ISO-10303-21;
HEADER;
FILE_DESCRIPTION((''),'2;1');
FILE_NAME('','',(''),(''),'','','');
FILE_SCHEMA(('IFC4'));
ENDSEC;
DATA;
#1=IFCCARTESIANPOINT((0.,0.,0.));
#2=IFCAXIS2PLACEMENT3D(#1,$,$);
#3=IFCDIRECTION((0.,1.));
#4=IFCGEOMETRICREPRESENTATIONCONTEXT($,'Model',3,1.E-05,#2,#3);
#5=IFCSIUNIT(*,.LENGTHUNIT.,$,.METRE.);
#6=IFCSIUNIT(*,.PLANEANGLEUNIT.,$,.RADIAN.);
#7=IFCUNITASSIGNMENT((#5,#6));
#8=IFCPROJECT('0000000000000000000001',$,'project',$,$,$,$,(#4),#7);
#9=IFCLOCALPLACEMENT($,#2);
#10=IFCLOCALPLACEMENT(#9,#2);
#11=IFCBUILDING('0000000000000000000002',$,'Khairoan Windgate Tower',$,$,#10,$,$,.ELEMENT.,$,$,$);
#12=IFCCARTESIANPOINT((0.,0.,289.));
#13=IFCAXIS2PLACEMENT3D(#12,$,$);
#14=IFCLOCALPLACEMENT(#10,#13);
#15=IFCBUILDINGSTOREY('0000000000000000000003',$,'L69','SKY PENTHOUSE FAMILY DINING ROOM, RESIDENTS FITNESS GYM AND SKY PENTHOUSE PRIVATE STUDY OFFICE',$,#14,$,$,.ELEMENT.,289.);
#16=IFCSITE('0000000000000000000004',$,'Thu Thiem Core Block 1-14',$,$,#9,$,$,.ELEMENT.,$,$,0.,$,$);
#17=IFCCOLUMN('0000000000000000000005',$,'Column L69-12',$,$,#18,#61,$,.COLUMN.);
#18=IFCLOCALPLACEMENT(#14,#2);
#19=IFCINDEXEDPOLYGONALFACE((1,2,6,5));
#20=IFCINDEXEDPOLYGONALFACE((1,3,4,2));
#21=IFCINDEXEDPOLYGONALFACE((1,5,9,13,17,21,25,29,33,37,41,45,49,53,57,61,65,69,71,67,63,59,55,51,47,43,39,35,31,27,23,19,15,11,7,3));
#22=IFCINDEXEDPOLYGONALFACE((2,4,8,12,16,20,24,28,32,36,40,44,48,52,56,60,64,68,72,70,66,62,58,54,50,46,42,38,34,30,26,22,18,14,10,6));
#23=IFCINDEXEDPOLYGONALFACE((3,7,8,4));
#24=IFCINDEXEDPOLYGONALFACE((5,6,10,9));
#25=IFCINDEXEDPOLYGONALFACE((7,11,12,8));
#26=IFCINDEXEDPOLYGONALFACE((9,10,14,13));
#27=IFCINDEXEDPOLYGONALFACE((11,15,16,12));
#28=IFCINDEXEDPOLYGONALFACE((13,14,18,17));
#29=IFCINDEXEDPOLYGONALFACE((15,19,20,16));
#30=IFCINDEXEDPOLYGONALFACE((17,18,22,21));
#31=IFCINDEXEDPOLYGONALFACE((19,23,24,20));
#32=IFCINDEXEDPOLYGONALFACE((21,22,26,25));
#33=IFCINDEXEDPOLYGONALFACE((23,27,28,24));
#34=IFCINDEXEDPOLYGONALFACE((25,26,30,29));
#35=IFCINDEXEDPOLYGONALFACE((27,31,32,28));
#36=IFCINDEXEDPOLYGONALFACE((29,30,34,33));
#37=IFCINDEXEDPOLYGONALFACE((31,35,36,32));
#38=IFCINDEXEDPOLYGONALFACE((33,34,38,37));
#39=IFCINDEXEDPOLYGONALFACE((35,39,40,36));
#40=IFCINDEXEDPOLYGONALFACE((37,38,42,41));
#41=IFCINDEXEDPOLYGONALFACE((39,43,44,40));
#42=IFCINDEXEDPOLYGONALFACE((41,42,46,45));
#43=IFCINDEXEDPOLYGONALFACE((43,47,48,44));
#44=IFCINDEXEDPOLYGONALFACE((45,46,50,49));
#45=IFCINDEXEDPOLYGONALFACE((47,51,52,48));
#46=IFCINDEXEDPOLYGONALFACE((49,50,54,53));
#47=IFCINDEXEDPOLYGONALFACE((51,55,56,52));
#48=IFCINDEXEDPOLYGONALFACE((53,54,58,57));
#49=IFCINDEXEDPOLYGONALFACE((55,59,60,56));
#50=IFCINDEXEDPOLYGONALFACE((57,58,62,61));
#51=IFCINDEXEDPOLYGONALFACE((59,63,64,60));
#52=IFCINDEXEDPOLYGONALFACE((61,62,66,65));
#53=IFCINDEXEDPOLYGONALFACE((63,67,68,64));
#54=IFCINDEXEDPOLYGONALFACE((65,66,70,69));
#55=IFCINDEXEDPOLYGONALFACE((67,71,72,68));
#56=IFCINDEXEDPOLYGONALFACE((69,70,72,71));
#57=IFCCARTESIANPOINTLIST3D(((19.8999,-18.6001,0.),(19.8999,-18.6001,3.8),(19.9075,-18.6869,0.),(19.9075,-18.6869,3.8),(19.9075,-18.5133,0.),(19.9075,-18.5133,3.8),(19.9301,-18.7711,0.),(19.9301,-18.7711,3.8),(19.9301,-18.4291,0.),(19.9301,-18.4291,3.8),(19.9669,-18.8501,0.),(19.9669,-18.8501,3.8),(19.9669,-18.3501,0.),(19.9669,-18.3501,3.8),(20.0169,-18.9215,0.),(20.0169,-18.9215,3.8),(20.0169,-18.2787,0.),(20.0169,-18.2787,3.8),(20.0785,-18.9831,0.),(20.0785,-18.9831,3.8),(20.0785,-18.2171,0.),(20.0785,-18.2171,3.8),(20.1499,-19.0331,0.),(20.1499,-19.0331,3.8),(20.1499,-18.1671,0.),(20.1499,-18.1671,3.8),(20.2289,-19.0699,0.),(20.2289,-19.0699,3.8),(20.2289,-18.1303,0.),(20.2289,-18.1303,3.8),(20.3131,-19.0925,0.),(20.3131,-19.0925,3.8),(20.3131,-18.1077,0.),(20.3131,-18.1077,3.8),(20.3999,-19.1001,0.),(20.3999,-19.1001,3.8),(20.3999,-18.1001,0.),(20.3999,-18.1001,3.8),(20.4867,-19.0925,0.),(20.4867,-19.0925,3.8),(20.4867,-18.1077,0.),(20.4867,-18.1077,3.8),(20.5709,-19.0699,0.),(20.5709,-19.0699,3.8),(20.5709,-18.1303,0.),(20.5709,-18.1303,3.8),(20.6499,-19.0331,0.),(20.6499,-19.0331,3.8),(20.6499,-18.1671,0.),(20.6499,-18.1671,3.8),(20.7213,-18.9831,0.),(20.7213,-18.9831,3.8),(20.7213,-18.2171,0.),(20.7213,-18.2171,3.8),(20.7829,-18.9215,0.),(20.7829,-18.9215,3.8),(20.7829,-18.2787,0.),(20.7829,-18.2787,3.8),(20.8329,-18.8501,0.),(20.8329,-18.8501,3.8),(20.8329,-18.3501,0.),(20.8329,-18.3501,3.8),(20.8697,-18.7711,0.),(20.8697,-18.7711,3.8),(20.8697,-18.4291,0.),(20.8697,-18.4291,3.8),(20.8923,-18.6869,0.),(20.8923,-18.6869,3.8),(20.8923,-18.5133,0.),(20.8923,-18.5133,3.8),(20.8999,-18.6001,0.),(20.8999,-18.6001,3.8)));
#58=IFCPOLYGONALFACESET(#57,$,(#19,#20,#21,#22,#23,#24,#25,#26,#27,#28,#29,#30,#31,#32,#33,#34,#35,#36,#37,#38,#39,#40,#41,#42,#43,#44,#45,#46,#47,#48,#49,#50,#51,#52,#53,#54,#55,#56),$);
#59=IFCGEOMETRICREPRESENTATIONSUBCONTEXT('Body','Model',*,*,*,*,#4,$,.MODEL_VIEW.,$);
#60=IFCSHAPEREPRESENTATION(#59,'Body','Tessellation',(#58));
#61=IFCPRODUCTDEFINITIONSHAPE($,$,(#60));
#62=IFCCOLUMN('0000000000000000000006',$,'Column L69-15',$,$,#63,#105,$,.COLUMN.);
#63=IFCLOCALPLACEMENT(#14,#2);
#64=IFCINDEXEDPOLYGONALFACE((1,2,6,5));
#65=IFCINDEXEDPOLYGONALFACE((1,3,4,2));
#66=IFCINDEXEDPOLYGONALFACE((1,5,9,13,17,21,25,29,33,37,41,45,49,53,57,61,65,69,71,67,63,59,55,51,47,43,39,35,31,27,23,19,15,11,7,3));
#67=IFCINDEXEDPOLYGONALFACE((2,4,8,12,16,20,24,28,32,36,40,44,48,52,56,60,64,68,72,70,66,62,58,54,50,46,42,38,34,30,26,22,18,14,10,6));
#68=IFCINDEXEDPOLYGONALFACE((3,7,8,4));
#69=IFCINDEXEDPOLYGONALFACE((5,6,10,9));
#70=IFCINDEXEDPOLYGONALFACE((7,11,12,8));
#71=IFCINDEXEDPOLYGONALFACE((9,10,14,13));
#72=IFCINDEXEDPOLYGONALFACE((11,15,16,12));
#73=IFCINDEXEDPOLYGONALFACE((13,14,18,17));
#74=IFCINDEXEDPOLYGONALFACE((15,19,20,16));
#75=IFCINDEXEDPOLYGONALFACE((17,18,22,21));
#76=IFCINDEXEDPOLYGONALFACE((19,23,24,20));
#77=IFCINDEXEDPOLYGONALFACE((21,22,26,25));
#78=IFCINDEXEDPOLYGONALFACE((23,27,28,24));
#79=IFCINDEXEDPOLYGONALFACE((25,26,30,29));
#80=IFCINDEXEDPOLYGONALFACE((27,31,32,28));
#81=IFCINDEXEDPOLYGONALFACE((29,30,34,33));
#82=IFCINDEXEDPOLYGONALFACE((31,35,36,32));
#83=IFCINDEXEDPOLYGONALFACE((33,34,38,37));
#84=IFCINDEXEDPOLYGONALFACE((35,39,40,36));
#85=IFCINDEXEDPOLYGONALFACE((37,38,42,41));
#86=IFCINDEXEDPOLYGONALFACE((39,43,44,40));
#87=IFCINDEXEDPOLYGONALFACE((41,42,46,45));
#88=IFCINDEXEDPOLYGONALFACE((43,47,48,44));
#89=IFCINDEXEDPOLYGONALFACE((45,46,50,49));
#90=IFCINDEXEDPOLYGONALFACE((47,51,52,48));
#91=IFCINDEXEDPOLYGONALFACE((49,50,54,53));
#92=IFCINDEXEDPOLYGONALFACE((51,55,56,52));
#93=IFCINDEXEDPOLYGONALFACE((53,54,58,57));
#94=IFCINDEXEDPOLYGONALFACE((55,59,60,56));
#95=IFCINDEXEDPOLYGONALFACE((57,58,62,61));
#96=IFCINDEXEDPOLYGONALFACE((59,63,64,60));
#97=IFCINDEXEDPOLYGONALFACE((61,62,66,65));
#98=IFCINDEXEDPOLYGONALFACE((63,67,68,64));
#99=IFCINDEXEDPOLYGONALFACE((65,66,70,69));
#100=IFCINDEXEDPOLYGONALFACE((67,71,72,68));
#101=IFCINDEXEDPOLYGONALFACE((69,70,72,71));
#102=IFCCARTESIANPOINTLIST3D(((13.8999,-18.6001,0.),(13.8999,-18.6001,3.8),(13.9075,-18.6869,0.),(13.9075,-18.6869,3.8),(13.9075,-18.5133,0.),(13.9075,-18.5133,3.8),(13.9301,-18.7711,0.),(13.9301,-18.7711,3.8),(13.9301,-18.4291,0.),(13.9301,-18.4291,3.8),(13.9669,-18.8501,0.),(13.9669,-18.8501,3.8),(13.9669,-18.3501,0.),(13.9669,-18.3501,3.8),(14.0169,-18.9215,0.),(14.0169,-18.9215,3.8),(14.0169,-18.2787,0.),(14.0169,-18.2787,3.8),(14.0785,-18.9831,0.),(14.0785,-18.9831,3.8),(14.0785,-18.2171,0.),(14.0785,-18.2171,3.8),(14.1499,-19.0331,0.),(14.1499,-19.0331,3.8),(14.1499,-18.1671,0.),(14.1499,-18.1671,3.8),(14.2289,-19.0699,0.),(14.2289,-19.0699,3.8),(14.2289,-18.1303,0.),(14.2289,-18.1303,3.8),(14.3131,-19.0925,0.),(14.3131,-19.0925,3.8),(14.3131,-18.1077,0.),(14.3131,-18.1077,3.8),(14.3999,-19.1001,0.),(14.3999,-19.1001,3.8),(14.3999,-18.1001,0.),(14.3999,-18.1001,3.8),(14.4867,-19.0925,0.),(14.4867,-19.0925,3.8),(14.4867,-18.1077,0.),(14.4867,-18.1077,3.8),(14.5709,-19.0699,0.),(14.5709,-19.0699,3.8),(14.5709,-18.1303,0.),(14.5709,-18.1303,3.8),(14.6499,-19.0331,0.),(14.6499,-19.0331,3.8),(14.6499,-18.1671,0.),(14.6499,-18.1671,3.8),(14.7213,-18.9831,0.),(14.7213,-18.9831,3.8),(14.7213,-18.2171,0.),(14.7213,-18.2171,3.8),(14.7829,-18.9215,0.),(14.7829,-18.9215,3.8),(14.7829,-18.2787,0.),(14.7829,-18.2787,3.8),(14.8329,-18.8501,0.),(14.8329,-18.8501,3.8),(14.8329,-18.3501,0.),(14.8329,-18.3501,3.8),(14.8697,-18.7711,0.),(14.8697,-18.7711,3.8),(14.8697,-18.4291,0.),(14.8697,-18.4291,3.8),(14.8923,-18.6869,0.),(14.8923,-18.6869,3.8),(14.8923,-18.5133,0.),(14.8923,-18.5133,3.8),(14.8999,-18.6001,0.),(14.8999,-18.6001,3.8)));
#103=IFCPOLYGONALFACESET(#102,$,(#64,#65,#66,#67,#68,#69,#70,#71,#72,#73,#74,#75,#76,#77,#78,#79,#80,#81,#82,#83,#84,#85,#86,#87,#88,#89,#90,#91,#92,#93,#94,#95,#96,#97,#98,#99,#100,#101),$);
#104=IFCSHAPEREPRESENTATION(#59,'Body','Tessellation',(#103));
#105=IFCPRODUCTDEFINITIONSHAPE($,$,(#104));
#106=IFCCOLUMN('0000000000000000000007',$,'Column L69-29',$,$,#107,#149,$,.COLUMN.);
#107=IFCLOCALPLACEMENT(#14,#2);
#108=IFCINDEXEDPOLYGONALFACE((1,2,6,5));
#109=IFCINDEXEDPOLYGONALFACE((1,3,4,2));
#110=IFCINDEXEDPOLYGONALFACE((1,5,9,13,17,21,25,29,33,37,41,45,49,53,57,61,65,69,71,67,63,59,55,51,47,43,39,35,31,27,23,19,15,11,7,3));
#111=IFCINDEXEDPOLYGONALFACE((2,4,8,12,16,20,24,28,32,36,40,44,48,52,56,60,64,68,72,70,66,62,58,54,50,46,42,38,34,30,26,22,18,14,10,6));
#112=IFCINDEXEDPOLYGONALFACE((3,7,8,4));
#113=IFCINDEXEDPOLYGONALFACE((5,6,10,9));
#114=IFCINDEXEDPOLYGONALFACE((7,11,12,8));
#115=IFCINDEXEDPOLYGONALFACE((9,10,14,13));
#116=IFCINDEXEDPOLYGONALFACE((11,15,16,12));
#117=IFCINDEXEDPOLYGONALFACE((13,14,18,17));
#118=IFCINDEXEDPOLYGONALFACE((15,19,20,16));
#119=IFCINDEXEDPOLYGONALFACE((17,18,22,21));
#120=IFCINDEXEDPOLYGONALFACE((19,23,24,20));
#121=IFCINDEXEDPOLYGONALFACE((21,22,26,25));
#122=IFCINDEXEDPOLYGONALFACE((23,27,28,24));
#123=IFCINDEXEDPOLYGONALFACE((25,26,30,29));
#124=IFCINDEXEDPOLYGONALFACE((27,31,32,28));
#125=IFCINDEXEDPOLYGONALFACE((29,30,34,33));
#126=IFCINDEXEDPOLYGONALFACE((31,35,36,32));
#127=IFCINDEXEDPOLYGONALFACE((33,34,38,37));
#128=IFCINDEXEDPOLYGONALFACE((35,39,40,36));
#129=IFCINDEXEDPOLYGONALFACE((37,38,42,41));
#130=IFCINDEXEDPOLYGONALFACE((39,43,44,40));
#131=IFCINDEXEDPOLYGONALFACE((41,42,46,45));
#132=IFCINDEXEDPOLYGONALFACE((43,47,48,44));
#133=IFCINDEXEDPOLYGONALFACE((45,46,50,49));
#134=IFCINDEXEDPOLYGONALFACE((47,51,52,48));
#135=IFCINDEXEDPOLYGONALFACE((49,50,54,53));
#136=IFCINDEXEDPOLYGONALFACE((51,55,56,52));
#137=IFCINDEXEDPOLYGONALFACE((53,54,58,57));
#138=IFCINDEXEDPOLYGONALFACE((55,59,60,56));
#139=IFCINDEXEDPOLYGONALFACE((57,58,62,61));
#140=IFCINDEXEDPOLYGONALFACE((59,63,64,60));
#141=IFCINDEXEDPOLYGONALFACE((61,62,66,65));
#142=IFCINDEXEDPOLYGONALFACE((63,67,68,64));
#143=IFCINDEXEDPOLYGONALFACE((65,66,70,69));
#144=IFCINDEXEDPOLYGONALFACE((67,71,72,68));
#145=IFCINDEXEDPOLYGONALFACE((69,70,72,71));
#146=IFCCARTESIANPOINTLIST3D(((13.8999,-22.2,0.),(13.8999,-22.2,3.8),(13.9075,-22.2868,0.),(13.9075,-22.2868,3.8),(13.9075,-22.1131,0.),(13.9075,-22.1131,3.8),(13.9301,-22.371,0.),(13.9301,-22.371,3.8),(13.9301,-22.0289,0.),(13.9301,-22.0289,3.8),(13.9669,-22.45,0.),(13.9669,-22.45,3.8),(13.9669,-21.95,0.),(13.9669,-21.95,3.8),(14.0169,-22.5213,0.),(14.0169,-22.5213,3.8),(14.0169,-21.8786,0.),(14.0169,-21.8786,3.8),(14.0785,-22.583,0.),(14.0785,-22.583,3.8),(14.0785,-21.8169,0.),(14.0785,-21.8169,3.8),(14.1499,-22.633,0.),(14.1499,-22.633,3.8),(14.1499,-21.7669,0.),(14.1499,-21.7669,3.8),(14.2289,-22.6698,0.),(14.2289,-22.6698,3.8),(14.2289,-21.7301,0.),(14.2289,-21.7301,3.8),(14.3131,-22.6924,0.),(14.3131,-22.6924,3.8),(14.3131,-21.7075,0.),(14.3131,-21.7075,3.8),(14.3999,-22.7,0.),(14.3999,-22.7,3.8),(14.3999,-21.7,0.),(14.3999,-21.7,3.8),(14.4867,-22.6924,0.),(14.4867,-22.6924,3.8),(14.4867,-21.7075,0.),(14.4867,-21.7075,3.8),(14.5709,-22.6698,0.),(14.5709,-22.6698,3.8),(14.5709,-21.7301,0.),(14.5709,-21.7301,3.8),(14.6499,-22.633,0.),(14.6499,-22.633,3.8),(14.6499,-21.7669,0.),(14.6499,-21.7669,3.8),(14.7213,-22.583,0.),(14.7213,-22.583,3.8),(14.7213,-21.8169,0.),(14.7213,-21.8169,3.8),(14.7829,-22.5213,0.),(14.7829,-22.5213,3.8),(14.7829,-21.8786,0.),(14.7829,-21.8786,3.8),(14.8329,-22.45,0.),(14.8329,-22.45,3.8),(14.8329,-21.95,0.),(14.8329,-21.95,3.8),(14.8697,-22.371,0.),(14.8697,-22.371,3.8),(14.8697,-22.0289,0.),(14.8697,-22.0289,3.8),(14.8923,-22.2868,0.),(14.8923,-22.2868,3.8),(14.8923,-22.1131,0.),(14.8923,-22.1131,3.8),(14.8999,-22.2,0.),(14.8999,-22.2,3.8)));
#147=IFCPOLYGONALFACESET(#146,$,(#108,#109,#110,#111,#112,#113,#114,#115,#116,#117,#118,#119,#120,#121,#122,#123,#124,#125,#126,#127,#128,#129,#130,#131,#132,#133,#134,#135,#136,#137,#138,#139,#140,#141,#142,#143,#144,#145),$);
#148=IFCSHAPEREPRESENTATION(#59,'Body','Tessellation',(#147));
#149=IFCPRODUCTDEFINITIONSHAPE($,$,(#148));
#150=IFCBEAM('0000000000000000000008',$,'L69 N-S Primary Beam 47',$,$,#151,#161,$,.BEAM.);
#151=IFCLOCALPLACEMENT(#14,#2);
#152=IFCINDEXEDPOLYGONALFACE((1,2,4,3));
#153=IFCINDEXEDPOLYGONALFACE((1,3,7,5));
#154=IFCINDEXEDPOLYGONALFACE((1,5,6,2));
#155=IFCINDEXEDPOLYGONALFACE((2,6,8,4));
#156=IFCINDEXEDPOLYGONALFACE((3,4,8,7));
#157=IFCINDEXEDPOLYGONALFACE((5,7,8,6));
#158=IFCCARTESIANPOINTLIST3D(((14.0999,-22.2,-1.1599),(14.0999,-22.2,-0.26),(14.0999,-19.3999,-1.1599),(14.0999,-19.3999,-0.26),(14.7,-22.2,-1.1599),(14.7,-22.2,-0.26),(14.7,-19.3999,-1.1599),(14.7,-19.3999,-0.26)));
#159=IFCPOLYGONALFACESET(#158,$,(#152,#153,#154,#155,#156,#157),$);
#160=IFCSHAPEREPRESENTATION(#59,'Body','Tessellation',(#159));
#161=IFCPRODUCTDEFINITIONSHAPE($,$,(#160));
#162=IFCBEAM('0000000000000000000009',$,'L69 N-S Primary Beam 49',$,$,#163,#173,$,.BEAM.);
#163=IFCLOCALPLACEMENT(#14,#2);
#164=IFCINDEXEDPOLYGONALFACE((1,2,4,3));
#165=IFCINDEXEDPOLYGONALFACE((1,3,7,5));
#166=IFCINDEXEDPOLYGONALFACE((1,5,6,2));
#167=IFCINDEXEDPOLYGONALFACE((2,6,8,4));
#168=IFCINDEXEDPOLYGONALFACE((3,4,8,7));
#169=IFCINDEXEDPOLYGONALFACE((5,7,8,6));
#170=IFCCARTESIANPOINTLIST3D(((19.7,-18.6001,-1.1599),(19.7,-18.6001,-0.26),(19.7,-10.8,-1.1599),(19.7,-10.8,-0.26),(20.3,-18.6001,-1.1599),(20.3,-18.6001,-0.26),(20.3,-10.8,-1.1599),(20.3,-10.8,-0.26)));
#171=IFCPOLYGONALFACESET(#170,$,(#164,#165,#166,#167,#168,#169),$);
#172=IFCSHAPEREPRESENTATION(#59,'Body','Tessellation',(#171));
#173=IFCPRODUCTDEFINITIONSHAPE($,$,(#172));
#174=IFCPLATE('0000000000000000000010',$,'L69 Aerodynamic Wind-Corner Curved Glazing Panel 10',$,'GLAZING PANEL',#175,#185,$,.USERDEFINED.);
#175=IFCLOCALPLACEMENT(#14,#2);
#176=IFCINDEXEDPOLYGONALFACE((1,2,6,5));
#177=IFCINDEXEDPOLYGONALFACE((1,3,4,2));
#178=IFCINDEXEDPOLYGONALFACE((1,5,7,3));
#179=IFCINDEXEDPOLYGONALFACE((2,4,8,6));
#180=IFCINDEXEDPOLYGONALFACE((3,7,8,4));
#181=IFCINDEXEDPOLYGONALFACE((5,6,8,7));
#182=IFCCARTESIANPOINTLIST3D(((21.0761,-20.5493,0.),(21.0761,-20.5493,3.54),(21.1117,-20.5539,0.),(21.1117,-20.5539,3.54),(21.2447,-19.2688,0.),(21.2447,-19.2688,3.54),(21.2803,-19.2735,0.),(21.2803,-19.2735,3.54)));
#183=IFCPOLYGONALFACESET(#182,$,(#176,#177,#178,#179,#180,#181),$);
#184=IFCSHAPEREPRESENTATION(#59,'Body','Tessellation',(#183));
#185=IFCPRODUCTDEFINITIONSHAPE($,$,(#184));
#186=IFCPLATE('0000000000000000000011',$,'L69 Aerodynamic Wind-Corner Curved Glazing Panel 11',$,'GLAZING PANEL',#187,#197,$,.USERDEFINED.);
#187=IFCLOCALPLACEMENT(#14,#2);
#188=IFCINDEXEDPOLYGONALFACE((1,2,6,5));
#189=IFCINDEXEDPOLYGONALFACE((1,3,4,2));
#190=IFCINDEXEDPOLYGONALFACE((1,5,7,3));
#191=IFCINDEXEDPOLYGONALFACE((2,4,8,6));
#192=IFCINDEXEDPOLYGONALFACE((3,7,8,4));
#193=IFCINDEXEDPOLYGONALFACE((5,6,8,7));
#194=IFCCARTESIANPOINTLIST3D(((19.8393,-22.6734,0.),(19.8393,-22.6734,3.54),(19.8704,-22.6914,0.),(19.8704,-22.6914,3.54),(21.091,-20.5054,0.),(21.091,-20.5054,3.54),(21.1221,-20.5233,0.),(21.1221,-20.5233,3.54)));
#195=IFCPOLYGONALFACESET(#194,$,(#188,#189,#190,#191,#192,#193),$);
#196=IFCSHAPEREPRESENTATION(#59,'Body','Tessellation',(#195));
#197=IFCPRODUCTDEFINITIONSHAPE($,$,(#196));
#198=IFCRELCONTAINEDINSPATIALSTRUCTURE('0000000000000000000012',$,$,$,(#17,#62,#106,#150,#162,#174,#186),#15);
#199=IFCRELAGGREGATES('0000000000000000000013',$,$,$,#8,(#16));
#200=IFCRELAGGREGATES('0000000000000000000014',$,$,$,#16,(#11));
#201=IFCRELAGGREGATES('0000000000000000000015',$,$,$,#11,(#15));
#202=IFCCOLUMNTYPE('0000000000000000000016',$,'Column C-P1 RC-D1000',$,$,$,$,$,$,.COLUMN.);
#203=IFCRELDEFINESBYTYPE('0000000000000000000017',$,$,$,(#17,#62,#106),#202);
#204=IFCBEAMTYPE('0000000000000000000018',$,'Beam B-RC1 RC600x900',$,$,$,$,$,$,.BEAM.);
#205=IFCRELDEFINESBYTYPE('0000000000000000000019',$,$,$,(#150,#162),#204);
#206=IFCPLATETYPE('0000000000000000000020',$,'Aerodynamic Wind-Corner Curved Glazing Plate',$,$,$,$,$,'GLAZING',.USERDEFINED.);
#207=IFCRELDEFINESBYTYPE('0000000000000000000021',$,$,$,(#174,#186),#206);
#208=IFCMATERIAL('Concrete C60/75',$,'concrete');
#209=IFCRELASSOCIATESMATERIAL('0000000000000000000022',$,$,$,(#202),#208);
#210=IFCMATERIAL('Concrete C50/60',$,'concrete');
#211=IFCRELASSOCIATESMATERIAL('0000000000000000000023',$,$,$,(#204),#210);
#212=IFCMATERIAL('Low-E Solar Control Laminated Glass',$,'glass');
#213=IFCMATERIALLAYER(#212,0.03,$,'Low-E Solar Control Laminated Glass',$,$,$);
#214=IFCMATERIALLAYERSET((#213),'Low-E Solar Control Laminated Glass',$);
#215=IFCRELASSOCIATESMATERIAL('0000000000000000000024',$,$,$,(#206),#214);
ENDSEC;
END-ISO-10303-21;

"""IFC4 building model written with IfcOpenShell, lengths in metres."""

from ifc_helpers import new_model, si_unit, direction, frame, origin, origin_2d, place, context, subcontext, project, spatial, rectangle, circle, extrude, material, layer, layer_set, material_profile, profile_set, type_object, element, save


model = new_model("IFC4")

# Units and contexts
model_context = context("Model", 3, precision=1e-05, world=origin(), true_north=direction((0.0, 1.0)))
body_context = subcontext(model_context, "Body", "Model", "MODEL_VIEW")
ifc_project = project(units=[si_unit("LENGTHUNIT", "METRE"), si_unit("PLANEANGLEUNIT", "RADIAN")], contexts=[model_context])

# Site, building, storey
site_placement = place(None, origin())
site = spatial("IfcSite", under=ifc_project, at=site_placement, Name="Thu Thiem Core Block 1-14", CompositionType="ELEMENT", RefElevation=0.0)
building_placement = place(site_placement, origin())
building = spatial("IfcBuilding", under=site, at=building_placement, Name="Khairoan Windgate Tower", CompositionType="ELEMENT")
storey_placement = place(building_placement, frame((0.0, 0.0, 289.0)))
storey = spatial("IfcBuildingStorey", under=building, at=storey_placement, Name="L69", Description="SKY PENTHOUSE FAMILY DINING ROOM, RESIDENTS FITNESS GYM AND SKY PENTHOUSE PRIVATE STUDY OFFICE", CompositionType="ELEMENT", Elevation=289.0)

# Columns
ifc_material_1 = material(Name="Concrete C60/75", Category="concrete")
ifc_material_profile_1 = material_profile(ifc_material_1, circle(Radius=0.5, at=origin_2d()))
ifc_profile_set_1 = profile_set([ifc_material_profile_1], Name="Concrete C60/75")
column_type = type_object("IfcColumnType", Name="Column C-P1 RC-D1000", PredefinedType="COLUMN", material=ifc_profile_set_1)
for number, where, z_axis, x_axis, name in (
    (1, (20.3999, -18.6001, 0.0), (0.0, 0.0, 1.0), (1.0, 0.0, 0.0), "Column L69-12"),
    (2, (14.3999, -18.6001, 0.0), (0.0, 0.0, 1.0), (1.0, 0.0, 0.0), "Column L69-15"),
    (3, (14.3999, -22.2, 0.0), (0.0, 0.0, 1.0), (1.0, 0.0, 0.0), "Column L69-29"),
):
    element("IfcColumn", number, at=place(storey_placement, frame(where, z_axis=z_axis, x_axis=x_axis)), inside=storey, type_object=column_type, Name=name, PredefinedType="COLUMN", context=body_context, shape_type="SweptSolid", body=[
        extrude(circle(Radius=0.5, at=origin_2d()), origin(), (0.0, 0.0, 1.0), 3.8),
    ])

# Beams
ifc_material_2 = material(Name="Concrete C50/60", Category="concrete")
ifc_material_profile_2 = material_profile(ifc_material_2, rectangle(XDim=0.6001, YDim=0.8999, at=origin_2d()))
ifc_profile_set_2 = profile_set([ifc_material_profile_2], Name="Concrete C50/60")
beam_type = type_object("IfcBeamType", Name="Beam B-RC1 RC600x900", PredefinedType="BEAM", material=ifc_profile_set_2)
beam_1_placement = place(storey_placement, frame((14.3999, -22.2, -0.71), z_axis=(0.0, 1.0, 0.0), x_axis=(-1.0, 0.0, 0.0)))
element("IfcBeam", 4, at=beam_1_placement, inside=storey, type_object=beam_type, Name="L69 N-S Primary Beam 47", PredefinedType="BEAM", context=body_context, shape_type="SweptSolid", body=[
    extrude(rectangle(XDim=0.6001, YDim=0.8999, at=origin_2d()), origin(), (0.0, 0.0, 1.0), 2.8),
])
beam_2_placement = place(storey_placement, frame((20.0, -18.6001, -0.71), z_axis=(0.0, 1.0, 0.0), x_axis=(-1.0, 0.0, 0.0)))
element("IfcBeam", 5, at=beam_2_placement, inside=storey, type_object=beam_type, Name="L69 N-S Primary Beam 49", PredefinedType="BEAM", context=body_context, shape_type="SweptSolid", body=[
    extrude(rectangle(XDim=0.6001, YDim=0.8999, at=origin_2d()), origin(), (0.0, 0.0, 1.0), 7.8),
])

# Plates
ifc_material_3 = material(Name="Low-E Solar Control Laminated Glass", Category="glass")
ifc_layer_1 = layer(ifc_material_3, 0.03, Name="Low-E Solar Control Laminated Glass")
ifc_layer_set_1 = layer_set([ifc_layer_1], Name="Low-E Solar Control Laminated Glass")
plate_type_1 = type_object("IfcPlateType", Name="Aerodynamic Wind-Corner Curved Glazing Plate", ElementType="GLAZING", PredefinedType="USERDEFINED", material=ifc_layer_set_1)
plate_1_placement = place(storey_placement, frame((21.1782, -19.9114, 0.0), z_axis=(0.0, 0.0, 1.0), x_axis=(-0.130526, -0.991445, 0.0)))
element("IfcPlate", 6, at=plate_1_placement, inside=storey, type_object=plate_type_1, Name="L69 Aerodynamic Wind-Corner Curved Glazing Panel 10", ObjectType="GLAZING PANEL", PredefinedType="USERDEFINED", context=body_context, shape_type="SweptSolid", body=[
    extrude(rectangle(XDim=1.2915, YDim=0.0359, at=origin_2d()), origin(), (0.0, 0.0, 1.0), 3.54),
])
for number, where, z_axis, x_axis, name in (
    (7, (20.4807, -21.5984, 0.0), (0.0, 0.0, 1.0), (-0.5, -0.866025, 0.0), "L69 Aerodynamic Wind-Corner Curved Glazing Panel 11"),
):
    element("IfcPlate", number, at=place(storey_placement, frame(where, z_axis=z_axis, x_axis=x_axis)), inside=storey, type_object=plate_type_1, Name=name, ObjectType="GLAZING PANEL", PredefinedType="USERDEFINED", context=body_context, shape_type="SweptSolid", body=[
        extrude(rectangle(XDim=2.5034, YDim=0.0359, at=origin_2d()), origin(), (0.0, 0.0, 1.0), 3.54),
    ])

save(model, "model.ifc")
